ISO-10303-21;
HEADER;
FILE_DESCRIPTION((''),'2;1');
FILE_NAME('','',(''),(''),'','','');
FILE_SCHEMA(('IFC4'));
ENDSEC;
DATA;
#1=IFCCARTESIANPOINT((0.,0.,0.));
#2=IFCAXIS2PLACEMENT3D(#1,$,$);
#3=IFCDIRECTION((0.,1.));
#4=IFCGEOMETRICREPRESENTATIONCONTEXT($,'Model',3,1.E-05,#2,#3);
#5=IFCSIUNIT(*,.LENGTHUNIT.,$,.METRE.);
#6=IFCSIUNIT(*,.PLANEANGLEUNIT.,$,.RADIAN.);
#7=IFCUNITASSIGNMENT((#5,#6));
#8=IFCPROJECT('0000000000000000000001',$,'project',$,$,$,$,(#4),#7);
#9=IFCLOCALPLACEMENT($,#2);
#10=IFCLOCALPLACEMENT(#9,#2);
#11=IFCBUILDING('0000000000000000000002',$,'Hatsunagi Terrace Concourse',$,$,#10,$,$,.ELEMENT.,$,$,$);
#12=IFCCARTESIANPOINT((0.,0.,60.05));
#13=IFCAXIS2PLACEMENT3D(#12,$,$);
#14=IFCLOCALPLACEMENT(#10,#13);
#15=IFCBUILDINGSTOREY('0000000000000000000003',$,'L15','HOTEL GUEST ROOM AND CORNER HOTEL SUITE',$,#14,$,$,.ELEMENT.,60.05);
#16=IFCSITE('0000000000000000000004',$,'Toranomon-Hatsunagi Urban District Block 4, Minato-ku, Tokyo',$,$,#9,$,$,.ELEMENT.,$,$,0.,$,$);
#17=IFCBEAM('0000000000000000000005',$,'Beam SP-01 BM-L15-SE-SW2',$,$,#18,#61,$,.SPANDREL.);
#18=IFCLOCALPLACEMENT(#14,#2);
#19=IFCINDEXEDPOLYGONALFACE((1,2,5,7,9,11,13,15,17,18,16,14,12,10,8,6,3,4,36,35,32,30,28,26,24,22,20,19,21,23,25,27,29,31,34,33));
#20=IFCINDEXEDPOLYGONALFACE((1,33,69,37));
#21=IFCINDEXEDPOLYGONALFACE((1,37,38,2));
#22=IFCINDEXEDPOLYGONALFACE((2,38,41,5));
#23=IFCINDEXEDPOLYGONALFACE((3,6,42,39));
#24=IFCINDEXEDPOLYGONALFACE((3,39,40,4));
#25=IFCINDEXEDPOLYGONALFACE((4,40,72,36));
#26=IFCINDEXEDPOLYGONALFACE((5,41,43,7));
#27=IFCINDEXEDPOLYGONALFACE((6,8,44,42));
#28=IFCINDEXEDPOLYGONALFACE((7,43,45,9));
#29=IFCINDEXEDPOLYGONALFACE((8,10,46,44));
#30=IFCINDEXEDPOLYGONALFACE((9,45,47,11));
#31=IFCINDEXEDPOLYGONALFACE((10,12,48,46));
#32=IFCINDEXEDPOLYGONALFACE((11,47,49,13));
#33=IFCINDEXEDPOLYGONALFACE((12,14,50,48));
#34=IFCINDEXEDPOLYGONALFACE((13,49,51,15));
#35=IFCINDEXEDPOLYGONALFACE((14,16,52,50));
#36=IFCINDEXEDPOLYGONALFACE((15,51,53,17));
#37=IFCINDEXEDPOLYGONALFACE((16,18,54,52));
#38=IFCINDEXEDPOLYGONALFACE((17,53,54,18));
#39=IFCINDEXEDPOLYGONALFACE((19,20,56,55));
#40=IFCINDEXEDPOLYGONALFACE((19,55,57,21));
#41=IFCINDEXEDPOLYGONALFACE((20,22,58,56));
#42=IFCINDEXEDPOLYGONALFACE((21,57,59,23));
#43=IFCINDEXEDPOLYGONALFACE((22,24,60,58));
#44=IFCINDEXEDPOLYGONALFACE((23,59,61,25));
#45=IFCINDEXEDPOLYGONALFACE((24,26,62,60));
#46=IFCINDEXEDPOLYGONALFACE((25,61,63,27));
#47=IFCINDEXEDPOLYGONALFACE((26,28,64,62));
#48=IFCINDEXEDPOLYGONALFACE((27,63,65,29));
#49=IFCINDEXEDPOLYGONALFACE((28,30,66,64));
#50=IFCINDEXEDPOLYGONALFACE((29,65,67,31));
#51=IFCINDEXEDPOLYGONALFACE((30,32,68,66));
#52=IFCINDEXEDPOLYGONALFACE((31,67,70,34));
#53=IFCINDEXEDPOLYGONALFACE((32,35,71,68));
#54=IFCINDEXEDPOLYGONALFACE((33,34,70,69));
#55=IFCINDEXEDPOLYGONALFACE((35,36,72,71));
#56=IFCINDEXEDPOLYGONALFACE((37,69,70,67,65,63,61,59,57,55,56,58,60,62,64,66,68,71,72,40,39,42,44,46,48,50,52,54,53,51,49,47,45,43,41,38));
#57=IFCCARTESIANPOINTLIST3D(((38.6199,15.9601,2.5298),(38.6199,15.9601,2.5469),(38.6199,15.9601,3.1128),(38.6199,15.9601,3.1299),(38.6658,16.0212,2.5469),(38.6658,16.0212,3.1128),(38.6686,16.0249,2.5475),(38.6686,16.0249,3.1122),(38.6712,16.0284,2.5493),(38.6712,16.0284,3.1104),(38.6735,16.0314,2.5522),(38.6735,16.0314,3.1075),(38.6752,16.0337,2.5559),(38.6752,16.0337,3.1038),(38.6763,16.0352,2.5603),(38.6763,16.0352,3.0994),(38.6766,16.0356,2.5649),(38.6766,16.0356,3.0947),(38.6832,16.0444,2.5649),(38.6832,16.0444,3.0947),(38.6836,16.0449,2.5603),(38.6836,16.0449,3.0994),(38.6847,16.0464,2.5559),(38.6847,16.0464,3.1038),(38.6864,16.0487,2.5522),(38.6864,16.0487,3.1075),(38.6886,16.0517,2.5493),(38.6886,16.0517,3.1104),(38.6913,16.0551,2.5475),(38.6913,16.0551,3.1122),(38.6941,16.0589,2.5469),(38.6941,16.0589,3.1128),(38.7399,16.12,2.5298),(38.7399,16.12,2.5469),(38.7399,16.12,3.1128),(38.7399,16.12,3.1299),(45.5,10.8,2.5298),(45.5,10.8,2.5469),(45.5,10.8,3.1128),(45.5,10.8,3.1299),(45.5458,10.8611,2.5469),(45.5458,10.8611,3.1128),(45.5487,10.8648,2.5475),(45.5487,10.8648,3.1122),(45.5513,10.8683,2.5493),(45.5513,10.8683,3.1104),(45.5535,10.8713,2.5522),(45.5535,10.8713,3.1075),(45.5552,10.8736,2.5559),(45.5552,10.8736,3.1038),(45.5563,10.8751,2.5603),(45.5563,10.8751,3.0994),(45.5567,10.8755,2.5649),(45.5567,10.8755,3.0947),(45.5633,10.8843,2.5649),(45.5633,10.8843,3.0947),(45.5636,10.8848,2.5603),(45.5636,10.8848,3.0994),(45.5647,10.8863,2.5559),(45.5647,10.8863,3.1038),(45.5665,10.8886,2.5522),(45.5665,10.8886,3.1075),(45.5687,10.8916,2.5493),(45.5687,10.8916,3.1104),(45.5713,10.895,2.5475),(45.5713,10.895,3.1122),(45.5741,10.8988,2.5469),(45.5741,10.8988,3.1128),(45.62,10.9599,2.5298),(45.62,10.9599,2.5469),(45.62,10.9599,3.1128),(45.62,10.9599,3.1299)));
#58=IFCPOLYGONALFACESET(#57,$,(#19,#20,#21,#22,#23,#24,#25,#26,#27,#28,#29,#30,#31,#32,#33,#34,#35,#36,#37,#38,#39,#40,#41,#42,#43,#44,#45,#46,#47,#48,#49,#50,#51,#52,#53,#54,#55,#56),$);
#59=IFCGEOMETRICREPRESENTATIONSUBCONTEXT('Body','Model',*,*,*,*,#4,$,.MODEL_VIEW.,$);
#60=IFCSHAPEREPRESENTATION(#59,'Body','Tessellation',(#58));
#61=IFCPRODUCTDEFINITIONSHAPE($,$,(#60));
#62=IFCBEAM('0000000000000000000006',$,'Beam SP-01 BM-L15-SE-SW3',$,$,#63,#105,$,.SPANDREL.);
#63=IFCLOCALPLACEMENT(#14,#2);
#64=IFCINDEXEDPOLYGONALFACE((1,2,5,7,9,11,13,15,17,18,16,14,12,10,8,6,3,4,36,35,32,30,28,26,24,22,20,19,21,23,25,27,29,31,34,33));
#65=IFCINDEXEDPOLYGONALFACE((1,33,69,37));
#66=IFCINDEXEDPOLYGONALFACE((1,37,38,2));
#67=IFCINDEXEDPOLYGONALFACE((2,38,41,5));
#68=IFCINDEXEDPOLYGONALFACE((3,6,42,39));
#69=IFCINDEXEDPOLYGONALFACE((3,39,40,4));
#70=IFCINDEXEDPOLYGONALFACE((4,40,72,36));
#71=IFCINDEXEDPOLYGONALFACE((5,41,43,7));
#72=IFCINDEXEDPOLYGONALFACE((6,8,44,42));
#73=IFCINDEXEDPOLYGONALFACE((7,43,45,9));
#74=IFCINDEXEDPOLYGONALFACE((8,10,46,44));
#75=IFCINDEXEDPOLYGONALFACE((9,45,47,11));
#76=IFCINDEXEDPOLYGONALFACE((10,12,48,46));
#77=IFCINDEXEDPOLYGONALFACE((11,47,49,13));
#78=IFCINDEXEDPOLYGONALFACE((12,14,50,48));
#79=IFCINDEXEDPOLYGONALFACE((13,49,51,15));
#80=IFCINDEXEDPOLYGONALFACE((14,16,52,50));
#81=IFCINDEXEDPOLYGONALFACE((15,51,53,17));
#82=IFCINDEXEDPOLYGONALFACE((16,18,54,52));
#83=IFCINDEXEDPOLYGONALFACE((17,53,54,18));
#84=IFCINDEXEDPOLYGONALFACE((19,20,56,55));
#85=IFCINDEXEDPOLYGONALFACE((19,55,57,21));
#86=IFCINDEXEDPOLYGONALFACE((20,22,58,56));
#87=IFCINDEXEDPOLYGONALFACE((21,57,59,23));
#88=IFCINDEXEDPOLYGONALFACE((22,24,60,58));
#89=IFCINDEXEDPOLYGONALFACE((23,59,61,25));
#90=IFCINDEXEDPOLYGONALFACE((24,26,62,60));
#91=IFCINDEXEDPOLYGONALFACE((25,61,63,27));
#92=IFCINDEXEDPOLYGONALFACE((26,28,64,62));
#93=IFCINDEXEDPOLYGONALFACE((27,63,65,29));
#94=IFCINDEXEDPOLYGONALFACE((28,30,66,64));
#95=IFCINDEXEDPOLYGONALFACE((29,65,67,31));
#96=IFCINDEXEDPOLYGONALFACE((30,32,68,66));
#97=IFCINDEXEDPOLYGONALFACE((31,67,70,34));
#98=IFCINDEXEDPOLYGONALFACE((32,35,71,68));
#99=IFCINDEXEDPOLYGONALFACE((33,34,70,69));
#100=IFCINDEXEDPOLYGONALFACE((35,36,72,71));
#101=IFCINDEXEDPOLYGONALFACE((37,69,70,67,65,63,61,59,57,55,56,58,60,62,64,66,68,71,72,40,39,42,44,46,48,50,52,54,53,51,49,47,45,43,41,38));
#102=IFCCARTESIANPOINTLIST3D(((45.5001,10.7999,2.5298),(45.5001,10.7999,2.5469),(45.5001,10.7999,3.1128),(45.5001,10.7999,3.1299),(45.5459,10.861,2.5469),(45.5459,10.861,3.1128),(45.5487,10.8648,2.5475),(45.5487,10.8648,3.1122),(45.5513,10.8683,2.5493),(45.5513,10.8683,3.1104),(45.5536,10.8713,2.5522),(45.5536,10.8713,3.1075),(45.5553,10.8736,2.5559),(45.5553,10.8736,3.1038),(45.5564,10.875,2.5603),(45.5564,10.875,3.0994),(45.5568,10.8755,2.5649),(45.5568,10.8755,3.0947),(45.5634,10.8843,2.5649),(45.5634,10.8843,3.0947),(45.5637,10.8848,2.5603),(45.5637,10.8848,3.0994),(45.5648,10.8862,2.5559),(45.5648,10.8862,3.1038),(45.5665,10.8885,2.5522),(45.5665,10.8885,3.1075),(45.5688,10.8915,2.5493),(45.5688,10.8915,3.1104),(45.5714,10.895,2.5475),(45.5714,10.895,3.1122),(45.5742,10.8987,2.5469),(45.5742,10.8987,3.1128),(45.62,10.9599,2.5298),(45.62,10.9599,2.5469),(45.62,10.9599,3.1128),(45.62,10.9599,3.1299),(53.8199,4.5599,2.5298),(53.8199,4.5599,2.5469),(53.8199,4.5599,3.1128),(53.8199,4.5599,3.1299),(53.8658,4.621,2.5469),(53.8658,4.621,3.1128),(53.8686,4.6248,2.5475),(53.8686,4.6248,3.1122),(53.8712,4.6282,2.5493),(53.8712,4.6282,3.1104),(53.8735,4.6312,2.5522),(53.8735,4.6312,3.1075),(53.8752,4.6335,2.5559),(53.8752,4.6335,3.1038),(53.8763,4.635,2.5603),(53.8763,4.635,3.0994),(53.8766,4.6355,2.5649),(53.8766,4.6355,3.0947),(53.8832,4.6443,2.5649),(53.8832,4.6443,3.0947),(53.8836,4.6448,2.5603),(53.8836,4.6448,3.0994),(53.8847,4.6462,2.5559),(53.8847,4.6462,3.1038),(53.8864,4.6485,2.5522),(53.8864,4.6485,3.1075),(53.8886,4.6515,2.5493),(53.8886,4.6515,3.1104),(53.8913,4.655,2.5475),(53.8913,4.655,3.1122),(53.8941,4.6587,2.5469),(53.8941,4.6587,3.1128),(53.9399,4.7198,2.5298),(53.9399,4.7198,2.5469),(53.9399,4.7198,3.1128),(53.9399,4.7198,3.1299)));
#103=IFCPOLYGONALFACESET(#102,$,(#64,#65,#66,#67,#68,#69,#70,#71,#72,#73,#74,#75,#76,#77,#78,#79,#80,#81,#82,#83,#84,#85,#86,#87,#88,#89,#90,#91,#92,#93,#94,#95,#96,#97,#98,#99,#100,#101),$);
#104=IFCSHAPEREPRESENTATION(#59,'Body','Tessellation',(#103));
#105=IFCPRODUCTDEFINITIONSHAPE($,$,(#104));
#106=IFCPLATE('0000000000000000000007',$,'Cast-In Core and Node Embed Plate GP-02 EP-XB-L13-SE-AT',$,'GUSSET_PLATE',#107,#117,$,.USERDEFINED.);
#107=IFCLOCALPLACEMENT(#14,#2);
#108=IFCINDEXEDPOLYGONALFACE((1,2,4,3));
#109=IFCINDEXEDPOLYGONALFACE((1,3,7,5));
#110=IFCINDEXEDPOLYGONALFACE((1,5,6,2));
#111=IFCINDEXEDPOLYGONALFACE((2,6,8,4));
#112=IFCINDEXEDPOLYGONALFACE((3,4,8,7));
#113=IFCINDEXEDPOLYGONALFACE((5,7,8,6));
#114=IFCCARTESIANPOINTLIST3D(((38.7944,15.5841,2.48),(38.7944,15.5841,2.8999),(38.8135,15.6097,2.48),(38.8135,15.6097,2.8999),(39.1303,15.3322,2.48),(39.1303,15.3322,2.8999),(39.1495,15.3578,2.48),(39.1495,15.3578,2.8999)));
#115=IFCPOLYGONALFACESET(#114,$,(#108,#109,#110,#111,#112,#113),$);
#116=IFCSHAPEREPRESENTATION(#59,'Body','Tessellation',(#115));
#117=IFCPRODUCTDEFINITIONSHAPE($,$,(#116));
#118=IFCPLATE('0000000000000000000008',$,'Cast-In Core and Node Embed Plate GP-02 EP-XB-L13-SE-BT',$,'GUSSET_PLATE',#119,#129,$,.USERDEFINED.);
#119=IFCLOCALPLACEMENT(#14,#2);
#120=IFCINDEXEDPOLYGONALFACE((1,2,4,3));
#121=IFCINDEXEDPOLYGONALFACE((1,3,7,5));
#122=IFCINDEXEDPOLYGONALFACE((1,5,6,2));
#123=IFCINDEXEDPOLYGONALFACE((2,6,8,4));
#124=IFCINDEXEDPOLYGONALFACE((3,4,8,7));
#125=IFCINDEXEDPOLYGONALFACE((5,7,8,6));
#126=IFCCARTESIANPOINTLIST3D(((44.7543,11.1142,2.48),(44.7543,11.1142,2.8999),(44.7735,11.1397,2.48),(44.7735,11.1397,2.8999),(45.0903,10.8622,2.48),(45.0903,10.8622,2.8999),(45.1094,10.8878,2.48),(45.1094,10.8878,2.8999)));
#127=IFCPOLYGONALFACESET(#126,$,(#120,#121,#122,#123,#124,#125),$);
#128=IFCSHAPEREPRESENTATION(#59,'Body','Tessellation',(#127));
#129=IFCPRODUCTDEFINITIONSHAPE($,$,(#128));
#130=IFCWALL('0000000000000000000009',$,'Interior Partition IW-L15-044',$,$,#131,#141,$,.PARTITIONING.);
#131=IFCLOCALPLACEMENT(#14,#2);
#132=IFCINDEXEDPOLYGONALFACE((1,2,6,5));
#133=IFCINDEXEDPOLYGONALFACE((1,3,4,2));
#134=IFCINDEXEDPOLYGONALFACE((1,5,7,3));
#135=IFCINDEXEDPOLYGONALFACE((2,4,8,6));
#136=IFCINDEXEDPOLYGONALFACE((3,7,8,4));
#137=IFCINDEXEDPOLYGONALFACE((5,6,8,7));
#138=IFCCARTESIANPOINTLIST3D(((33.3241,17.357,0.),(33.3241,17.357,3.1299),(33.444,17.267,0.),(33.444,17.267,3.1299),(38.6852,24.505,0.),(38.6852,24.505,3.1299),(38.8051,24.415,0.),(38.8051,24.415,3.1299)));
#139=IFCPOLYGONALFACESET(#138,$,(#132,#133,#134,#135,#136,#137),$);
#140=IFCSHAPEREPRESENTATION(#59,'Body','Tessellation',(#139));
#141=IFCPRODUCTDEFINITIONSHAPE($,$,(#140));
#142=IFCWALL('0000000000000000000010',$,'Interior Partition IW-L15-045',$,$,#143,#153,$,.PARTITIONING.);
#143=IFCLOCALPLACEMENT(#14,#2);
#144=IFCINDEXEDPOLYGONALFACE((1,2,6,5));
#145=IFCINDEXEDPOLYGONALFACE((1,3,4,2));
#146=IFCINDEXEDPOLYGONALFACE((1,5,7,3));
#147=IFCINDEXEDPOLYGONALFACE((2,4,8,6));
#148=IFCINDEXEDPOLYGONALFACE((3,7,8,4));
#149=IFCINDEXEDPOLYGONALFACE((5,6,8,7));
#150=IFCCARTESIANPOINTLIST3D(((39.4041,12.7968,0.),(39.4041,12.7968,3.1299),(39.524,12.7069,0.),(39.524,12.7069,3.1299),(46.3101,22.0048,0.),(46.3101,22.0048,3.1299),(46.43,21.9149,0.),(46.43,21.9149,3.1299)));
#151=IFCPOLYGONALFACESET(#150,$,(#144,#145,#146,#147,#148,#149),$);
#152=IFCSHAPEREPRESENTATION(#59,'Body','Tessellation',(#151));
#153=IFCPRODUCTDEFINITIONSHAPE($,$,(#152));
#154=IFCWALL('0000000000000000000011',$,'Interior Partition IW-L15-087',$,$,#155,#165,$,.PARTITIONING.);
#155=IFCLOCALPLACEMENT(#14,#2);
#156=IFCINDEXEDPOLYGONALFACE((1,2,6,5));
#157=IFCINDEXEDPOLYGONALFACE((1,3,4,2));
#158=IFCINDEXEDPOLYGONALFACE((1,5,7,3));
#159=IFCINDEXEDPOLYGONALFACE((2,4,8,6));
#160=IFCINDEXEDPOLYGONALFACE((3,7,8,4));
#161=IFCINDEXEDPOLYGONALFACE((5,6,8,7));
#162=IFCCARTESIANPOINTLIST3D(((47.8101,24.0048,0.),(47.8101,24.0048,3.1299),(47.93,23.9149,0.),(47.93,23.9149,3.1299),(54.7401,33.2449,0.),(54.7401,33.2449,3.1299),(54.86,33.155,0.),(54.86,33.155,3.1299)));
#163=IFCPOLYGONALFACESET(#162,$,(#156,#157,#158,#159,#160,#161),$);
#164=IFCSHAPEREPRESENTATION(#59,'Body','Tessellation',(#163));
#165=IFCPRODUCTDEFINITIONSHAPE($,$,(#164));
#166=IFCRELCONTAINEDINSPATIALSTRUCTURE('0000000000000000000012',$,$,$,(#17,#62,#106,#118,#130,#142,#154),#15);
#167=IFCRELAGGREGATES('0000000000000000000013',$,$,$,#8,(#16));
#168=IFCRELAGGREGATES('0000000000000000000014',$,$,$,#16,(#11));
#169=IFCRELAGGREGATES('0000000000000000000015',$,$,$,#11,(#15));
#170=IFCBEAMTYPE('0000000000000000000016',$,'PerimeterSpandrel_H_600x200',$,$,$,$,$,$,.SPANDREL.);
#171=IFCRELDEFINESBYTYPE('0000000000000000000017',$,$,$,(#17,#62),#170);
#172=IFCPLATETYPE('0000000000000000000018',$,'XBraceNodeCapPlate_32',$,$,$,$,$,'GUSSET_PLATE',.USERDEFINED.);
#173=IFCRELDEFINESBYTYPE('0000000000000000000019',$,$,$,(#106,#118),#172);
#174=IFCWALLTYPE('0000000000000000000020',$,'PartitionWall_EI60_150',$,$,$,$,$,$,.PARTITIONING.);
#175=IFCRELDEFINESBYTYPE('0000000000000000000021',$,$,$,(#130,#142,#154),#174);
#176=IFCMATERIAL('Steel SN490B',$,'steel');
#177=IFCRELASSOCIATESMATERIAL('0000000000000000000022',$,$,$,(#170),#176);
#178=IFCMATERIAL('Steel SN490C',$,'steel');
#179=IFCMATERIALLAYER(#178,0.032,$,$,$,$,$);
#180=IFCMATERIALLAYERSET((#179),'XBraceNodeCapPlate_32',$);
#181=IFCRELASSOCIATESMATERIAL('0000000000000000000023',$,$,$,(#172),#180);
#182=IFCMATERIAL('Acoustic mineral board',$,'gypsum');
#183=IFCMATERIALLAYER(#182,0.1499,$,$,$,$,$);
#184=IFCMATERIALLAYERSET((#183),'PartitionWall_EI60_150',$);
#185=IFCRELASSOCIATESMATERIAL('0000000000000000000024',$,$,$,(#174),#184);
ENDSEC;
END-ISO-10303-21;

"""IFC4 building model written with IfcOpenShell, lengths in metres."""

from ifc_helpers import new_model, si_unit, direction, frame, frame_2d, origin, origin_2d, place, context, subcontext, project, spatial, rectangle, i_section, extrude, material, layer, layer_set, material_profile, profile_set, type_object, element, save


model = new_model("IFC4")

# Units and contexts
model_context = context("Model", 3, precision=1e-05, world=origin(), true_north=direction((0.0, 1.0)))
body_context = subcontext(model_context, "Body", "Model", "MODEL_VIEW")
ifc_project = project(units=[si_unit("LENGTHUNIT", "METRE"), si_unit("PLANEANGLEUNIT", "RADIAN")], contexts=[model_context])

# Site, building, storey
site_placement = place(None, origin())
site = spatial("IfcSite", under=ifc_project, at=site_placement, Name="Toranomon-Hatsunagi Urban District Block 4, Minato-ku, Tokyo", CompositionType="ELEMENT", RefElevation=0.0)
building_placement = place(site_placement, origin())
building = spatial("IfcBuilding", under=site, at=building_placement, Name="Hatsunagi Terrace Concourse", CompositionType="ELEMENT")
storey_placement = place(building_placement, frame((0.0, 0.0, 60.05)))
storey = spatial("IfcBuildingStorey", under=building, at=storey_placement, Name="L15", Description="HOTEL GUEST ROOM AND CORNER HOTEL SUITE", CompositionType="ELEMENT", Elevation=60.05)

# Beams
ifc_material_1 = material(Name="Steel SN490B", Category="steel")
ifc_material_profile_1 = material_profile(ifc_material_1, i_section(OverallWidth=0.2, OverallDepth=0.6001, WebThickness=0.011, FlangeThickness=0.0171, FilletRadius=0.0181, at=origin_2d()), Name="H-600x200x11x17")
ifc_profile_set_1 = profile_set([ifc_material_profile_1], Name="Steel SN490B")
beam_type_1 = type_object("IfcBeamType", Name="PerimeterSpandrel_H_600x200", PredefinedType="SPANDREL", material=ifc_profile_set_1)
beam_1_placement = place(storey_placement, frame((38.6799, 16.04, 2.8298), z_axis=(0.799997, -0.600005, 0.0), x_axis=(0.600005, 0.799997, 0.0)))
element("IfcBeam", 1, at=beam_1_placement, inside=storey, type_object=beam_type_1, Name="Beam SP-01 BM-L15-SE-SW2", PredefinedType="SPANDREL", context=body_context, shape_type="SweptSolid", body=[
    extrude(i_section(OverallWidth=0.2, OverallDepth=0.6001, WebThickness=0.011, FlangeThickness=0.0171, FilletRadius=0.0181, at=origin_2d()), origin(), (0.0, 0.0, 1.0), 8.6001),
])
beam_2_placement = place(storey_placement, frame((45.5601, 10.8799, 2.8298), z_axis=(0.799994, -0.600008, 0.0), x_axis=(0.600008, 0.799994, 0.0)))
element("IfcBeam", 2, at=beam_2_placement, inside=storey, type_object=beam_type_1, Name="Beam SP-01 BM-L15-SE-SW3", PredefinedType="SPANDREL", context=body_context, shape_type="SweptSolid", body=[
    extrude(i_section(OverallWidth=0.2, OverallDepth=0.6001, WebThickness=0.011, FlangeThickness=0.0171, FilletRadius=0.0181, at=origin_2d()), origin(), (0.0, 0.0, 1.0), 10.3999),
])

# Plates
ifc_material_2 = material(Name="Steel SN490C", Category="steel")
ifc_layer_1 = layer(ifc_material_2, 0.032)
ifc_layer_set_1 = layer_set([ifc_layer_1], Name="XBraceNodeCapPlate_32")
plate_type = type_object("IfcPlateType", Name="XBraceNodeCapPlate_32", ElementType="GUSSET_PLATE", PredefinedType="USERDEFINED", material=ifc_layer_set_1)
for number, where, z_axis, x_axis, name in (
    (3, (38.9719, 15.4709, 2.48), (0.0, 0.0, 1.0), (0.8, -0.6, 0.0), "Cast-In Core and Node Embed Plate GP-02 EP-XB-L13-SE-AT"),
    (4, (44.9319, 11.001, 2.48), (0.0, 0.0, 1.0), (0.8, -0.6, 0.0), "Cast-In Core and Node Embed Plate GP-02 EP-XB-L13-SE-BT"),
):
    element("IfcPlate", number, at=place(storey_placement, frame(where, z_axis=z_axis, x_axis=x_axis)), inside=storey, type_object=plate_type, Name=name, ObjectType="GUSSET_PLATE", PredefinedType="USERDEFINED", context=body_context, shape_type="SweptSolid", body=[
        extrude(rectangle(XDim=0.4199, YDim=0.032, at=origin_2d()), origin(), (0.0, 0.0, 1.0), 0.4199),
    ])

# Shared definitions
ifc_material_3 = material(Name="Acoustic mineral board", Category="gypsum")
ifc_layer_2 = layer(ifc_material_3, 0.1499)
ifc_layer_set_2 = layer_set([ifc_layer_2], Name="PartitionWall_EI60_150")
wall_type_1 = type_object("IfcWallType", Name="PartitionWall_EI60_150", PredefinedType="PARTITIONING", material=ifc_layer_set_2)

# Walls
wall_1_placement = place(storey_placement, frame((33.384, 17.312, 0.0), z_axis=(0.0, 0.0, 1.0), x_axis=(0.600009, 0.799993, 0.0)))
element("IfcWall", 5, at=wall_1_placement, inside=storey, type_object=wall_type_1, Name="Interior Partition IW-L15-044", PredefinedType="PARTITIONING", context=body_context, shape_type="SweptSolid", body=[
    extrude(rectangle(XDim=8.9351, YDim=0.1499, at=frame_2d((4.4675, 0.0))), origin(), (0.0, 0.0, 1.0), 3.1299),
])
wall_2_placement = place(storey_placement, frame((39.4641, 12.752, 0.0), z_axis=(0.0, 0.0, 1.0), x_axis=(0.6, 0.8, 0.0)))
element("IfcWall", 6, at=wall_2_placement, inside=storey, type_object=wall_type_1, Name="Interior Partition IW-L15-045", PredefinedType="PARTITIONING", context=body_context, shape_type="SweptSolid", body=[
    extrude(rectangle(XDim=11.51, YDim=0.1499, at=frame_2d((5.7549, 0.0))), origin(), (0.0, 0.0, 1.0), 3.1299),
])

# Wall
wall_3_placement = place(storey_placement, frame((47.8701, 23.96, 0.0), z_axis=(0.0, 0.0, 1.0), x_axis=(0.599997, 0.800003, 0.0)))
element("IfcWall", 7, at=wall_3_placement, inside=storey, type_object=wall_type_1, Name="Interior Partition IW-L15-087", PredefinedType="PARTITIONING", context=body_context, shape_type="SweptSolid", body=[
    extrude(rectangle(XDim=11.55, YDim=0.1499, at=frame_2d((5.7749, 0.0))), origin(), (0.0, 0.0, 1.0), 3.1299),
])

save(model, "model.ifc")
